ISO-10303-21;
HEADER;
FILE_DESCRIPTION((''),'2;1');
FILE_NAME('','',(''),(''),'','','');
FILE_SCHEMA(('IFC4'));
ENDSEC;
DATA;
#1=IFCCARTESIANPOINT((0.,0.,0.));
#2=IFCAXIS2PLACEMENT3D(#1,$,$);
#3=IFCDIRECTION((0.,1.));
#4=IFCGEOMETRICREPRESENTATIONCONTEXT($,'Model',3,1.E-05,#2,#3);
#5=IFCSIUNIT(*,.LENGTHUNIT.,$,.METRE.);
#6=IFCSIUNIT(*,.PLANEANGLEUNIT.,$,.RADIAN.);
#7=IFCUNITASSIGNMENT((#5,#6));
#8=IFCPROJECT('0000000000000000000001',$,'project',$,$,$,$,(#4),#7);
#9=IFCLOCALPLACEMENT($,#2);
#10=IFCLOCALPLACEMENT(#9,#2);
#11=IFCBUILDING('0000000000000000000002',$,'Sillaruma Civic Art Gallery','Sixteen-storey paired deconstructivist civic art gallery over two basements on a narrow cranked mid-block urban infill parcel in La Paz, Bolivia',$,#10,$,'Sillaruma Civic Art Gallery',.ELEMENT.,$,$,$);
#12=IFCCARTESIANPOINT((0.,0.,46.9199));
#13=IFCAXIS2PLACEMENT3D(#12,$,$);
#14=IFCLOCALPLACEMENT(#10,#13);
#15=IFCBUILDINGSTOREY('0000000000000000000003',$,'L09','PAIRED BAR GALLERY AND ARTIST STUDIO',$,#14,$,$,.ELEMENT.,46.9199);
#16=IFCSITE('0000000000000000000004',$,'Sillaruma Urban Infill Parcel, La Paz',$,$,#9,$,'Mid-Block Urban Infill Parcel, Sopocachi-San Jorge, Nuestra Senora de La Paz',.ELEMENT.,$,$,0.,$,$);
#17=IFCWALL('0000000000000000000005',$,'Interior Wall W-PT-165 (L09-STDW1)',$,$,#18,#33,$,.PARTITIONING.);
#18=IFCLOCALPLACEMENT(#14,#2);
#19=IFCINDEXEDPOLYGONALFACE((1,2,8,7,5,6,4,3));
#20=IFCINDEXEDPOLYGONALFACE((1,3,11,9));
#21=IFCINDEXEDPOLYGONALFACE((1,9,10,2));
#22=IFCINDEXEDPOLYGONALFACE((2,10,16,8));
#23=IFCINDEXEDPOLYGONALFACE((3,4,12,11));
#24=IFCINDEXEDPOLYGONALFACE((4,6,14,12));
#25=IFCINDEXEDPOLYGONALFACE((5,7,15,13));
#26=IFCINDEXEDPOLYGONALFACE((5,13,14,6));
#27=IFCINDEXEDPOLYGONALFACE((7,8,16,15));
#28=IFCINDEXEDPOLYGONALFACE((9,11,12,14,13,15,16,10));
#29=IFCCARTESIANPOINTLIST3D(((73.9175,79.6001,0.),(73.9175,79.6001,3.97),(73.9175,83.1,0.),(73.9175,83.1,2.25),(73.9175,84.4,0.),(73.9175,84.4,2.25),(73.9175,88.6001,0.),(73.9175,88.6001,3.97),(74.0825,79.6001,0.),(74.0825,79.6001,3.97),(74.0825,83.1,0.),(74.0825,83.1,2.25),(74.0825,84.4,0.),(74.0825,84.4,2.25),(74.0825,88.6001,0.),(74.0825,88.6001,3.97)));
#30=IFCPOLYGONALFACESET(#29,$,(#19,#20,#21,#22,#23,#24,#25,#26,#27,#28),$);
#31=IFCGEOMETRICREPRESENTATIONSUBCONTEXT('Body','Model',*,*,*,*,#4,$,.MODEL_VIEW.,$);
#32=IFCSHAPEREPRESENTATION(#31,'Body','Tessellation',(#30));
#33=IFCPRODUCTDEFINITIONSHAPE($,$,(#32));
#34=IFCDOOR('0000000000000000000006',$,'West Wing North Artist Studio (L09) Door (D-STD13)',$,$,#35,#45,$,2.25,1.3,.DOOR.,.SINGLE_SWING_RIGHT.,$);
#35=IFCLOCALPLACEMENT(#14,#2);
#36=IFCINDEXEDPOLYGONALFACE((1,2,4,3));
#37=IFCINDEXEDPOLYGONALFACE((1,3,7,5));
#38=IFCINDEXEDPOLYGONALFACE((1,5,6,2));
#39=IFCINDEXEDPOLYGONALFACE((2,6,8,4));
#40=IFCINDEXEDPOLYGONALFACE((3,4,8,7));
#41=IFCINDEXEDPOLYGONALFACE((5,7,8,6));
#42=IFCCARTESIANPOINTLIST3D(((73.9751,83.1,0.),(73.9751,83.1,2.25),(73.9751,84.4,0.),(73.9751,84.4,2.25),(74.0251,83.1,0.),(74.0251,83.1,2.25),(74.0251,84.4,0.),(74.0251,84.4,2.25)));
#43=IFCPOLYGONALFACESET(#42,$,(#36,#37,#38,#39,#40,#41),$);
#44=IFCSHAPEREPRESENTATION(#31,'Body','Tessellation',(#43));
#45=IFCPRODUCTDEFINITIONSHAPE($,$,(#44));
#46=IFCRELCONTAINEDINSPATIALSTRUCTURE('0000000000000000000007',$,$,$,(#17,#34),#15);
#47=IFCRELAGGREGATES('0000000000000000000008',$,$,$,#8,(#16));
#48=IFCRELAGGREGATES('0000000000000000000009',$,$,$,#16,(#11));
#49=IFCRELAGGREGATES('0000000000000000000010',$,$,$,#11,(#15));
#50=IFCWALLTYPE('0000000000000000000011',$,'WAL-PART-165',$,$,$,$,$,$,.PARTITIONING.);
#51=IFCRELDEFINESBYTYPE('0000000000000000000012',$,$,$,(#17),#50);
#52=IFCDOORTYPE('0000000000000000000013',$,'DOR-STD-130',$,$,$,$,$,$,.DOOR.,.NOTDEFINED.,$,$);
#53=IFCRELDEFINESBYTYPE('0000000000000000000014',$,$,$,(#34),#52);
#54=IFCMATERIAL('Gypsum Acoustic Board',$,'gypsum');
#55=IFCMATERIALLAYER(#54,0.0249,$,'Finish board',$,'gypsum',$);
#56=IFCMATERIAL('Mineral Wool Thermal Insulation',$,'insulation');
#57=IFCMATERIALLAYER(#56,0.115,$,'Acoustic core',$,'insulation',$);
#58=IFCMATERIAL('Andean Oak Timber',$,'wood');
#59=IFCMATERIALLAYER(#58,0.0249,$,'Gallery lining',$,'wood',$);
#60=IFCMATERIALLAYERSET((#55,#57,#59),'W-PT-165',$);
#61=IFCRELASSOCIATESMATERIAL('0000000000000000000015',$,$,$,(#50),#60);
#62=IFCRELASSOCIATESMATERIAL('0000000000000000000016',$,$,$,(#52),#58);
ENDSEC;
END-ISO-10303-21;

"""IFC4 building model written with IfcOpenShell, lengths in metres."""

from ifc_helpers import new_model, si_unit, direction, frame, frame_2d, origin, place, context, subcontext, project, spatial, rectangle, extrude, material, layer, layer_set, type_object, element, fill, save


model = new_model("IFC4")

# Units and contexts
model_context = context("Model", 3, precision=1e-05, world=origin(), true_north=direction((0.0, 1.0)))
body_context = subcontext(model_context, "Body", "Model", "MODEL_VIEW")
ifc_project = project(units=[si_unit("LENGTHUNIT", "METRE"), si_unit("PLANEANGLEUNIT", "RADIAN")], contexts=[model_context])

# Site, building, storey
site_placement = place(None, origin())
site = spatial("IfcSite", under=ifc_project, at=site_placement, Name="Sillaruma Urban Infill Parcel, La Paz", LongName="Mid-Block Urban Infill Parcel, Sopocachi-San Jorge, Nuestra Senora de La Paz", CompositionType="ELEMENT", RefElevation=0.0)
building_placement = place(site_placement, origin())
building = spatial("IfcBuilding", under=site, at=building_placement, Name="Sillaruma Civic Art Gallery", Description="Sixteen-storey paired deconstructivist civic art gallery over two basements on a narrow cranked mid-block urban infill parcel in La Paz, Bolivia", LongName="Sillaruma Civic Art Gallery", CompositionType="ELEMENT")
storey_placement = place(building_placement, frame((0.0, 0.0, 46.9199)))
storey = spatial("IfcBuildingStorey", under=building, at=storey_placement, Name="L09", Description="PAIRED BAR GALLERY AND ARTIST STUDIO", CompositionType="ELEMENT", Elevation=46.9199)

# Wall, opening, door
ifc_material_1 = material(Name="Gypsum Acoustic Board", Category="gypsum")
ifc_layer_1 = layer(ifc_material_1, 0.0249, Name="Finish board", Category="gypsum")
ifc_material_2 = material(Name="Mineral Wool Thermal Insulation", Category="insulation")
ifc_layer_2 = layer(ifc_material_2, 0.115, Name="Acoustic core", Category="insulation")
ifc_material_3 = material(Name="Andean Oak Timber", Category="wood")
ifc_layer_3 = layer(ifc_material_3, 0.0249, Name="Gallery lining", Category="wood")
ifc_layer_set_1 = layer_set([ifc_layer_1, ifc_layer_2, ifc_layer_3], Name="W-PT-165")
wall_type_1 = type_object("IfcWallType", Name="WAL-PART-165", PredefinedType="PARTITIONING", material=ifc_layer_set_1)
wall_1_placement = place(storey_placement, frame((74.0, 79.6001, 0.0), z_axis=(0.0, 0.0, 1.0), x_axis=(0.0, 1.0, 0.0)))
wall_1 = element("IfcWall", 1, at=wall_1_placement, inside=storey, type_object=wall_type_1, Name="Interior Wall W-PT-165 (L09-STDW1)", PredefinedType="PARTITIONING", context=body_context, shape_type="SweptSolid", body=[
    extrude(rectangle(XDim=9.0, YDim=0.165, at=frame_2d((4.5, 0.0))), origin(), (0.0, 0.0, 1.0), 3.97),
])
opening_placement = place(wall_1_placement, frame((3.5, 0.0, 0.0)))
opening = element("IfcOpeningElement", 2, at=opening_placement, cuts=wall_1, PredefinedType="OPENING", context=body_context, shape_type="SweptSolid", body=[
    extrude(rectangle(XDim=1.3, YDim=2.25, at=frame_2d((0.6499, 1.125))), frame((0.0, 0.0925, 0.0), z_axis=(0.0, -1.0, 0.0), x_axis=(1.0, 0.0, 0.0)), (0.0, 0.0, 1.0), 0.1851),
])
door_type = type_object("IfcDoorType", Name="DOR-STD-130", OperationType="NOTDEFINED", PredefinedType="DOOR", material=ifc_material_3)
door_placement = place(opening_placement, origin())
door = element("IfcDoor", 3, at=door_placement, inside=storey, type_object=door_type, Name="West Wing North Artist Studio (L09) Door (D-STD13)", OperationType="SINGLE_SWING_RIGHT", OverallHeight=2.25, OverallWidth=1.3, PredefinedType="DOOR", context=body_context, shape_type="SweptSolid", body=[
    extrude(rectangle(XDim=1.3, YDim=2.25, at=frame_2d((0.6499, 1.125))), frame((0.0, 0.0249, 0.0), z_axis=(0.0, -1.0, 0.0), x_axis=(1.0, 0.0, 0.0)), (0.0, 0.0, 1.0), 0.05),
])
fill(opening, door)

save(model, "model.ifc")
